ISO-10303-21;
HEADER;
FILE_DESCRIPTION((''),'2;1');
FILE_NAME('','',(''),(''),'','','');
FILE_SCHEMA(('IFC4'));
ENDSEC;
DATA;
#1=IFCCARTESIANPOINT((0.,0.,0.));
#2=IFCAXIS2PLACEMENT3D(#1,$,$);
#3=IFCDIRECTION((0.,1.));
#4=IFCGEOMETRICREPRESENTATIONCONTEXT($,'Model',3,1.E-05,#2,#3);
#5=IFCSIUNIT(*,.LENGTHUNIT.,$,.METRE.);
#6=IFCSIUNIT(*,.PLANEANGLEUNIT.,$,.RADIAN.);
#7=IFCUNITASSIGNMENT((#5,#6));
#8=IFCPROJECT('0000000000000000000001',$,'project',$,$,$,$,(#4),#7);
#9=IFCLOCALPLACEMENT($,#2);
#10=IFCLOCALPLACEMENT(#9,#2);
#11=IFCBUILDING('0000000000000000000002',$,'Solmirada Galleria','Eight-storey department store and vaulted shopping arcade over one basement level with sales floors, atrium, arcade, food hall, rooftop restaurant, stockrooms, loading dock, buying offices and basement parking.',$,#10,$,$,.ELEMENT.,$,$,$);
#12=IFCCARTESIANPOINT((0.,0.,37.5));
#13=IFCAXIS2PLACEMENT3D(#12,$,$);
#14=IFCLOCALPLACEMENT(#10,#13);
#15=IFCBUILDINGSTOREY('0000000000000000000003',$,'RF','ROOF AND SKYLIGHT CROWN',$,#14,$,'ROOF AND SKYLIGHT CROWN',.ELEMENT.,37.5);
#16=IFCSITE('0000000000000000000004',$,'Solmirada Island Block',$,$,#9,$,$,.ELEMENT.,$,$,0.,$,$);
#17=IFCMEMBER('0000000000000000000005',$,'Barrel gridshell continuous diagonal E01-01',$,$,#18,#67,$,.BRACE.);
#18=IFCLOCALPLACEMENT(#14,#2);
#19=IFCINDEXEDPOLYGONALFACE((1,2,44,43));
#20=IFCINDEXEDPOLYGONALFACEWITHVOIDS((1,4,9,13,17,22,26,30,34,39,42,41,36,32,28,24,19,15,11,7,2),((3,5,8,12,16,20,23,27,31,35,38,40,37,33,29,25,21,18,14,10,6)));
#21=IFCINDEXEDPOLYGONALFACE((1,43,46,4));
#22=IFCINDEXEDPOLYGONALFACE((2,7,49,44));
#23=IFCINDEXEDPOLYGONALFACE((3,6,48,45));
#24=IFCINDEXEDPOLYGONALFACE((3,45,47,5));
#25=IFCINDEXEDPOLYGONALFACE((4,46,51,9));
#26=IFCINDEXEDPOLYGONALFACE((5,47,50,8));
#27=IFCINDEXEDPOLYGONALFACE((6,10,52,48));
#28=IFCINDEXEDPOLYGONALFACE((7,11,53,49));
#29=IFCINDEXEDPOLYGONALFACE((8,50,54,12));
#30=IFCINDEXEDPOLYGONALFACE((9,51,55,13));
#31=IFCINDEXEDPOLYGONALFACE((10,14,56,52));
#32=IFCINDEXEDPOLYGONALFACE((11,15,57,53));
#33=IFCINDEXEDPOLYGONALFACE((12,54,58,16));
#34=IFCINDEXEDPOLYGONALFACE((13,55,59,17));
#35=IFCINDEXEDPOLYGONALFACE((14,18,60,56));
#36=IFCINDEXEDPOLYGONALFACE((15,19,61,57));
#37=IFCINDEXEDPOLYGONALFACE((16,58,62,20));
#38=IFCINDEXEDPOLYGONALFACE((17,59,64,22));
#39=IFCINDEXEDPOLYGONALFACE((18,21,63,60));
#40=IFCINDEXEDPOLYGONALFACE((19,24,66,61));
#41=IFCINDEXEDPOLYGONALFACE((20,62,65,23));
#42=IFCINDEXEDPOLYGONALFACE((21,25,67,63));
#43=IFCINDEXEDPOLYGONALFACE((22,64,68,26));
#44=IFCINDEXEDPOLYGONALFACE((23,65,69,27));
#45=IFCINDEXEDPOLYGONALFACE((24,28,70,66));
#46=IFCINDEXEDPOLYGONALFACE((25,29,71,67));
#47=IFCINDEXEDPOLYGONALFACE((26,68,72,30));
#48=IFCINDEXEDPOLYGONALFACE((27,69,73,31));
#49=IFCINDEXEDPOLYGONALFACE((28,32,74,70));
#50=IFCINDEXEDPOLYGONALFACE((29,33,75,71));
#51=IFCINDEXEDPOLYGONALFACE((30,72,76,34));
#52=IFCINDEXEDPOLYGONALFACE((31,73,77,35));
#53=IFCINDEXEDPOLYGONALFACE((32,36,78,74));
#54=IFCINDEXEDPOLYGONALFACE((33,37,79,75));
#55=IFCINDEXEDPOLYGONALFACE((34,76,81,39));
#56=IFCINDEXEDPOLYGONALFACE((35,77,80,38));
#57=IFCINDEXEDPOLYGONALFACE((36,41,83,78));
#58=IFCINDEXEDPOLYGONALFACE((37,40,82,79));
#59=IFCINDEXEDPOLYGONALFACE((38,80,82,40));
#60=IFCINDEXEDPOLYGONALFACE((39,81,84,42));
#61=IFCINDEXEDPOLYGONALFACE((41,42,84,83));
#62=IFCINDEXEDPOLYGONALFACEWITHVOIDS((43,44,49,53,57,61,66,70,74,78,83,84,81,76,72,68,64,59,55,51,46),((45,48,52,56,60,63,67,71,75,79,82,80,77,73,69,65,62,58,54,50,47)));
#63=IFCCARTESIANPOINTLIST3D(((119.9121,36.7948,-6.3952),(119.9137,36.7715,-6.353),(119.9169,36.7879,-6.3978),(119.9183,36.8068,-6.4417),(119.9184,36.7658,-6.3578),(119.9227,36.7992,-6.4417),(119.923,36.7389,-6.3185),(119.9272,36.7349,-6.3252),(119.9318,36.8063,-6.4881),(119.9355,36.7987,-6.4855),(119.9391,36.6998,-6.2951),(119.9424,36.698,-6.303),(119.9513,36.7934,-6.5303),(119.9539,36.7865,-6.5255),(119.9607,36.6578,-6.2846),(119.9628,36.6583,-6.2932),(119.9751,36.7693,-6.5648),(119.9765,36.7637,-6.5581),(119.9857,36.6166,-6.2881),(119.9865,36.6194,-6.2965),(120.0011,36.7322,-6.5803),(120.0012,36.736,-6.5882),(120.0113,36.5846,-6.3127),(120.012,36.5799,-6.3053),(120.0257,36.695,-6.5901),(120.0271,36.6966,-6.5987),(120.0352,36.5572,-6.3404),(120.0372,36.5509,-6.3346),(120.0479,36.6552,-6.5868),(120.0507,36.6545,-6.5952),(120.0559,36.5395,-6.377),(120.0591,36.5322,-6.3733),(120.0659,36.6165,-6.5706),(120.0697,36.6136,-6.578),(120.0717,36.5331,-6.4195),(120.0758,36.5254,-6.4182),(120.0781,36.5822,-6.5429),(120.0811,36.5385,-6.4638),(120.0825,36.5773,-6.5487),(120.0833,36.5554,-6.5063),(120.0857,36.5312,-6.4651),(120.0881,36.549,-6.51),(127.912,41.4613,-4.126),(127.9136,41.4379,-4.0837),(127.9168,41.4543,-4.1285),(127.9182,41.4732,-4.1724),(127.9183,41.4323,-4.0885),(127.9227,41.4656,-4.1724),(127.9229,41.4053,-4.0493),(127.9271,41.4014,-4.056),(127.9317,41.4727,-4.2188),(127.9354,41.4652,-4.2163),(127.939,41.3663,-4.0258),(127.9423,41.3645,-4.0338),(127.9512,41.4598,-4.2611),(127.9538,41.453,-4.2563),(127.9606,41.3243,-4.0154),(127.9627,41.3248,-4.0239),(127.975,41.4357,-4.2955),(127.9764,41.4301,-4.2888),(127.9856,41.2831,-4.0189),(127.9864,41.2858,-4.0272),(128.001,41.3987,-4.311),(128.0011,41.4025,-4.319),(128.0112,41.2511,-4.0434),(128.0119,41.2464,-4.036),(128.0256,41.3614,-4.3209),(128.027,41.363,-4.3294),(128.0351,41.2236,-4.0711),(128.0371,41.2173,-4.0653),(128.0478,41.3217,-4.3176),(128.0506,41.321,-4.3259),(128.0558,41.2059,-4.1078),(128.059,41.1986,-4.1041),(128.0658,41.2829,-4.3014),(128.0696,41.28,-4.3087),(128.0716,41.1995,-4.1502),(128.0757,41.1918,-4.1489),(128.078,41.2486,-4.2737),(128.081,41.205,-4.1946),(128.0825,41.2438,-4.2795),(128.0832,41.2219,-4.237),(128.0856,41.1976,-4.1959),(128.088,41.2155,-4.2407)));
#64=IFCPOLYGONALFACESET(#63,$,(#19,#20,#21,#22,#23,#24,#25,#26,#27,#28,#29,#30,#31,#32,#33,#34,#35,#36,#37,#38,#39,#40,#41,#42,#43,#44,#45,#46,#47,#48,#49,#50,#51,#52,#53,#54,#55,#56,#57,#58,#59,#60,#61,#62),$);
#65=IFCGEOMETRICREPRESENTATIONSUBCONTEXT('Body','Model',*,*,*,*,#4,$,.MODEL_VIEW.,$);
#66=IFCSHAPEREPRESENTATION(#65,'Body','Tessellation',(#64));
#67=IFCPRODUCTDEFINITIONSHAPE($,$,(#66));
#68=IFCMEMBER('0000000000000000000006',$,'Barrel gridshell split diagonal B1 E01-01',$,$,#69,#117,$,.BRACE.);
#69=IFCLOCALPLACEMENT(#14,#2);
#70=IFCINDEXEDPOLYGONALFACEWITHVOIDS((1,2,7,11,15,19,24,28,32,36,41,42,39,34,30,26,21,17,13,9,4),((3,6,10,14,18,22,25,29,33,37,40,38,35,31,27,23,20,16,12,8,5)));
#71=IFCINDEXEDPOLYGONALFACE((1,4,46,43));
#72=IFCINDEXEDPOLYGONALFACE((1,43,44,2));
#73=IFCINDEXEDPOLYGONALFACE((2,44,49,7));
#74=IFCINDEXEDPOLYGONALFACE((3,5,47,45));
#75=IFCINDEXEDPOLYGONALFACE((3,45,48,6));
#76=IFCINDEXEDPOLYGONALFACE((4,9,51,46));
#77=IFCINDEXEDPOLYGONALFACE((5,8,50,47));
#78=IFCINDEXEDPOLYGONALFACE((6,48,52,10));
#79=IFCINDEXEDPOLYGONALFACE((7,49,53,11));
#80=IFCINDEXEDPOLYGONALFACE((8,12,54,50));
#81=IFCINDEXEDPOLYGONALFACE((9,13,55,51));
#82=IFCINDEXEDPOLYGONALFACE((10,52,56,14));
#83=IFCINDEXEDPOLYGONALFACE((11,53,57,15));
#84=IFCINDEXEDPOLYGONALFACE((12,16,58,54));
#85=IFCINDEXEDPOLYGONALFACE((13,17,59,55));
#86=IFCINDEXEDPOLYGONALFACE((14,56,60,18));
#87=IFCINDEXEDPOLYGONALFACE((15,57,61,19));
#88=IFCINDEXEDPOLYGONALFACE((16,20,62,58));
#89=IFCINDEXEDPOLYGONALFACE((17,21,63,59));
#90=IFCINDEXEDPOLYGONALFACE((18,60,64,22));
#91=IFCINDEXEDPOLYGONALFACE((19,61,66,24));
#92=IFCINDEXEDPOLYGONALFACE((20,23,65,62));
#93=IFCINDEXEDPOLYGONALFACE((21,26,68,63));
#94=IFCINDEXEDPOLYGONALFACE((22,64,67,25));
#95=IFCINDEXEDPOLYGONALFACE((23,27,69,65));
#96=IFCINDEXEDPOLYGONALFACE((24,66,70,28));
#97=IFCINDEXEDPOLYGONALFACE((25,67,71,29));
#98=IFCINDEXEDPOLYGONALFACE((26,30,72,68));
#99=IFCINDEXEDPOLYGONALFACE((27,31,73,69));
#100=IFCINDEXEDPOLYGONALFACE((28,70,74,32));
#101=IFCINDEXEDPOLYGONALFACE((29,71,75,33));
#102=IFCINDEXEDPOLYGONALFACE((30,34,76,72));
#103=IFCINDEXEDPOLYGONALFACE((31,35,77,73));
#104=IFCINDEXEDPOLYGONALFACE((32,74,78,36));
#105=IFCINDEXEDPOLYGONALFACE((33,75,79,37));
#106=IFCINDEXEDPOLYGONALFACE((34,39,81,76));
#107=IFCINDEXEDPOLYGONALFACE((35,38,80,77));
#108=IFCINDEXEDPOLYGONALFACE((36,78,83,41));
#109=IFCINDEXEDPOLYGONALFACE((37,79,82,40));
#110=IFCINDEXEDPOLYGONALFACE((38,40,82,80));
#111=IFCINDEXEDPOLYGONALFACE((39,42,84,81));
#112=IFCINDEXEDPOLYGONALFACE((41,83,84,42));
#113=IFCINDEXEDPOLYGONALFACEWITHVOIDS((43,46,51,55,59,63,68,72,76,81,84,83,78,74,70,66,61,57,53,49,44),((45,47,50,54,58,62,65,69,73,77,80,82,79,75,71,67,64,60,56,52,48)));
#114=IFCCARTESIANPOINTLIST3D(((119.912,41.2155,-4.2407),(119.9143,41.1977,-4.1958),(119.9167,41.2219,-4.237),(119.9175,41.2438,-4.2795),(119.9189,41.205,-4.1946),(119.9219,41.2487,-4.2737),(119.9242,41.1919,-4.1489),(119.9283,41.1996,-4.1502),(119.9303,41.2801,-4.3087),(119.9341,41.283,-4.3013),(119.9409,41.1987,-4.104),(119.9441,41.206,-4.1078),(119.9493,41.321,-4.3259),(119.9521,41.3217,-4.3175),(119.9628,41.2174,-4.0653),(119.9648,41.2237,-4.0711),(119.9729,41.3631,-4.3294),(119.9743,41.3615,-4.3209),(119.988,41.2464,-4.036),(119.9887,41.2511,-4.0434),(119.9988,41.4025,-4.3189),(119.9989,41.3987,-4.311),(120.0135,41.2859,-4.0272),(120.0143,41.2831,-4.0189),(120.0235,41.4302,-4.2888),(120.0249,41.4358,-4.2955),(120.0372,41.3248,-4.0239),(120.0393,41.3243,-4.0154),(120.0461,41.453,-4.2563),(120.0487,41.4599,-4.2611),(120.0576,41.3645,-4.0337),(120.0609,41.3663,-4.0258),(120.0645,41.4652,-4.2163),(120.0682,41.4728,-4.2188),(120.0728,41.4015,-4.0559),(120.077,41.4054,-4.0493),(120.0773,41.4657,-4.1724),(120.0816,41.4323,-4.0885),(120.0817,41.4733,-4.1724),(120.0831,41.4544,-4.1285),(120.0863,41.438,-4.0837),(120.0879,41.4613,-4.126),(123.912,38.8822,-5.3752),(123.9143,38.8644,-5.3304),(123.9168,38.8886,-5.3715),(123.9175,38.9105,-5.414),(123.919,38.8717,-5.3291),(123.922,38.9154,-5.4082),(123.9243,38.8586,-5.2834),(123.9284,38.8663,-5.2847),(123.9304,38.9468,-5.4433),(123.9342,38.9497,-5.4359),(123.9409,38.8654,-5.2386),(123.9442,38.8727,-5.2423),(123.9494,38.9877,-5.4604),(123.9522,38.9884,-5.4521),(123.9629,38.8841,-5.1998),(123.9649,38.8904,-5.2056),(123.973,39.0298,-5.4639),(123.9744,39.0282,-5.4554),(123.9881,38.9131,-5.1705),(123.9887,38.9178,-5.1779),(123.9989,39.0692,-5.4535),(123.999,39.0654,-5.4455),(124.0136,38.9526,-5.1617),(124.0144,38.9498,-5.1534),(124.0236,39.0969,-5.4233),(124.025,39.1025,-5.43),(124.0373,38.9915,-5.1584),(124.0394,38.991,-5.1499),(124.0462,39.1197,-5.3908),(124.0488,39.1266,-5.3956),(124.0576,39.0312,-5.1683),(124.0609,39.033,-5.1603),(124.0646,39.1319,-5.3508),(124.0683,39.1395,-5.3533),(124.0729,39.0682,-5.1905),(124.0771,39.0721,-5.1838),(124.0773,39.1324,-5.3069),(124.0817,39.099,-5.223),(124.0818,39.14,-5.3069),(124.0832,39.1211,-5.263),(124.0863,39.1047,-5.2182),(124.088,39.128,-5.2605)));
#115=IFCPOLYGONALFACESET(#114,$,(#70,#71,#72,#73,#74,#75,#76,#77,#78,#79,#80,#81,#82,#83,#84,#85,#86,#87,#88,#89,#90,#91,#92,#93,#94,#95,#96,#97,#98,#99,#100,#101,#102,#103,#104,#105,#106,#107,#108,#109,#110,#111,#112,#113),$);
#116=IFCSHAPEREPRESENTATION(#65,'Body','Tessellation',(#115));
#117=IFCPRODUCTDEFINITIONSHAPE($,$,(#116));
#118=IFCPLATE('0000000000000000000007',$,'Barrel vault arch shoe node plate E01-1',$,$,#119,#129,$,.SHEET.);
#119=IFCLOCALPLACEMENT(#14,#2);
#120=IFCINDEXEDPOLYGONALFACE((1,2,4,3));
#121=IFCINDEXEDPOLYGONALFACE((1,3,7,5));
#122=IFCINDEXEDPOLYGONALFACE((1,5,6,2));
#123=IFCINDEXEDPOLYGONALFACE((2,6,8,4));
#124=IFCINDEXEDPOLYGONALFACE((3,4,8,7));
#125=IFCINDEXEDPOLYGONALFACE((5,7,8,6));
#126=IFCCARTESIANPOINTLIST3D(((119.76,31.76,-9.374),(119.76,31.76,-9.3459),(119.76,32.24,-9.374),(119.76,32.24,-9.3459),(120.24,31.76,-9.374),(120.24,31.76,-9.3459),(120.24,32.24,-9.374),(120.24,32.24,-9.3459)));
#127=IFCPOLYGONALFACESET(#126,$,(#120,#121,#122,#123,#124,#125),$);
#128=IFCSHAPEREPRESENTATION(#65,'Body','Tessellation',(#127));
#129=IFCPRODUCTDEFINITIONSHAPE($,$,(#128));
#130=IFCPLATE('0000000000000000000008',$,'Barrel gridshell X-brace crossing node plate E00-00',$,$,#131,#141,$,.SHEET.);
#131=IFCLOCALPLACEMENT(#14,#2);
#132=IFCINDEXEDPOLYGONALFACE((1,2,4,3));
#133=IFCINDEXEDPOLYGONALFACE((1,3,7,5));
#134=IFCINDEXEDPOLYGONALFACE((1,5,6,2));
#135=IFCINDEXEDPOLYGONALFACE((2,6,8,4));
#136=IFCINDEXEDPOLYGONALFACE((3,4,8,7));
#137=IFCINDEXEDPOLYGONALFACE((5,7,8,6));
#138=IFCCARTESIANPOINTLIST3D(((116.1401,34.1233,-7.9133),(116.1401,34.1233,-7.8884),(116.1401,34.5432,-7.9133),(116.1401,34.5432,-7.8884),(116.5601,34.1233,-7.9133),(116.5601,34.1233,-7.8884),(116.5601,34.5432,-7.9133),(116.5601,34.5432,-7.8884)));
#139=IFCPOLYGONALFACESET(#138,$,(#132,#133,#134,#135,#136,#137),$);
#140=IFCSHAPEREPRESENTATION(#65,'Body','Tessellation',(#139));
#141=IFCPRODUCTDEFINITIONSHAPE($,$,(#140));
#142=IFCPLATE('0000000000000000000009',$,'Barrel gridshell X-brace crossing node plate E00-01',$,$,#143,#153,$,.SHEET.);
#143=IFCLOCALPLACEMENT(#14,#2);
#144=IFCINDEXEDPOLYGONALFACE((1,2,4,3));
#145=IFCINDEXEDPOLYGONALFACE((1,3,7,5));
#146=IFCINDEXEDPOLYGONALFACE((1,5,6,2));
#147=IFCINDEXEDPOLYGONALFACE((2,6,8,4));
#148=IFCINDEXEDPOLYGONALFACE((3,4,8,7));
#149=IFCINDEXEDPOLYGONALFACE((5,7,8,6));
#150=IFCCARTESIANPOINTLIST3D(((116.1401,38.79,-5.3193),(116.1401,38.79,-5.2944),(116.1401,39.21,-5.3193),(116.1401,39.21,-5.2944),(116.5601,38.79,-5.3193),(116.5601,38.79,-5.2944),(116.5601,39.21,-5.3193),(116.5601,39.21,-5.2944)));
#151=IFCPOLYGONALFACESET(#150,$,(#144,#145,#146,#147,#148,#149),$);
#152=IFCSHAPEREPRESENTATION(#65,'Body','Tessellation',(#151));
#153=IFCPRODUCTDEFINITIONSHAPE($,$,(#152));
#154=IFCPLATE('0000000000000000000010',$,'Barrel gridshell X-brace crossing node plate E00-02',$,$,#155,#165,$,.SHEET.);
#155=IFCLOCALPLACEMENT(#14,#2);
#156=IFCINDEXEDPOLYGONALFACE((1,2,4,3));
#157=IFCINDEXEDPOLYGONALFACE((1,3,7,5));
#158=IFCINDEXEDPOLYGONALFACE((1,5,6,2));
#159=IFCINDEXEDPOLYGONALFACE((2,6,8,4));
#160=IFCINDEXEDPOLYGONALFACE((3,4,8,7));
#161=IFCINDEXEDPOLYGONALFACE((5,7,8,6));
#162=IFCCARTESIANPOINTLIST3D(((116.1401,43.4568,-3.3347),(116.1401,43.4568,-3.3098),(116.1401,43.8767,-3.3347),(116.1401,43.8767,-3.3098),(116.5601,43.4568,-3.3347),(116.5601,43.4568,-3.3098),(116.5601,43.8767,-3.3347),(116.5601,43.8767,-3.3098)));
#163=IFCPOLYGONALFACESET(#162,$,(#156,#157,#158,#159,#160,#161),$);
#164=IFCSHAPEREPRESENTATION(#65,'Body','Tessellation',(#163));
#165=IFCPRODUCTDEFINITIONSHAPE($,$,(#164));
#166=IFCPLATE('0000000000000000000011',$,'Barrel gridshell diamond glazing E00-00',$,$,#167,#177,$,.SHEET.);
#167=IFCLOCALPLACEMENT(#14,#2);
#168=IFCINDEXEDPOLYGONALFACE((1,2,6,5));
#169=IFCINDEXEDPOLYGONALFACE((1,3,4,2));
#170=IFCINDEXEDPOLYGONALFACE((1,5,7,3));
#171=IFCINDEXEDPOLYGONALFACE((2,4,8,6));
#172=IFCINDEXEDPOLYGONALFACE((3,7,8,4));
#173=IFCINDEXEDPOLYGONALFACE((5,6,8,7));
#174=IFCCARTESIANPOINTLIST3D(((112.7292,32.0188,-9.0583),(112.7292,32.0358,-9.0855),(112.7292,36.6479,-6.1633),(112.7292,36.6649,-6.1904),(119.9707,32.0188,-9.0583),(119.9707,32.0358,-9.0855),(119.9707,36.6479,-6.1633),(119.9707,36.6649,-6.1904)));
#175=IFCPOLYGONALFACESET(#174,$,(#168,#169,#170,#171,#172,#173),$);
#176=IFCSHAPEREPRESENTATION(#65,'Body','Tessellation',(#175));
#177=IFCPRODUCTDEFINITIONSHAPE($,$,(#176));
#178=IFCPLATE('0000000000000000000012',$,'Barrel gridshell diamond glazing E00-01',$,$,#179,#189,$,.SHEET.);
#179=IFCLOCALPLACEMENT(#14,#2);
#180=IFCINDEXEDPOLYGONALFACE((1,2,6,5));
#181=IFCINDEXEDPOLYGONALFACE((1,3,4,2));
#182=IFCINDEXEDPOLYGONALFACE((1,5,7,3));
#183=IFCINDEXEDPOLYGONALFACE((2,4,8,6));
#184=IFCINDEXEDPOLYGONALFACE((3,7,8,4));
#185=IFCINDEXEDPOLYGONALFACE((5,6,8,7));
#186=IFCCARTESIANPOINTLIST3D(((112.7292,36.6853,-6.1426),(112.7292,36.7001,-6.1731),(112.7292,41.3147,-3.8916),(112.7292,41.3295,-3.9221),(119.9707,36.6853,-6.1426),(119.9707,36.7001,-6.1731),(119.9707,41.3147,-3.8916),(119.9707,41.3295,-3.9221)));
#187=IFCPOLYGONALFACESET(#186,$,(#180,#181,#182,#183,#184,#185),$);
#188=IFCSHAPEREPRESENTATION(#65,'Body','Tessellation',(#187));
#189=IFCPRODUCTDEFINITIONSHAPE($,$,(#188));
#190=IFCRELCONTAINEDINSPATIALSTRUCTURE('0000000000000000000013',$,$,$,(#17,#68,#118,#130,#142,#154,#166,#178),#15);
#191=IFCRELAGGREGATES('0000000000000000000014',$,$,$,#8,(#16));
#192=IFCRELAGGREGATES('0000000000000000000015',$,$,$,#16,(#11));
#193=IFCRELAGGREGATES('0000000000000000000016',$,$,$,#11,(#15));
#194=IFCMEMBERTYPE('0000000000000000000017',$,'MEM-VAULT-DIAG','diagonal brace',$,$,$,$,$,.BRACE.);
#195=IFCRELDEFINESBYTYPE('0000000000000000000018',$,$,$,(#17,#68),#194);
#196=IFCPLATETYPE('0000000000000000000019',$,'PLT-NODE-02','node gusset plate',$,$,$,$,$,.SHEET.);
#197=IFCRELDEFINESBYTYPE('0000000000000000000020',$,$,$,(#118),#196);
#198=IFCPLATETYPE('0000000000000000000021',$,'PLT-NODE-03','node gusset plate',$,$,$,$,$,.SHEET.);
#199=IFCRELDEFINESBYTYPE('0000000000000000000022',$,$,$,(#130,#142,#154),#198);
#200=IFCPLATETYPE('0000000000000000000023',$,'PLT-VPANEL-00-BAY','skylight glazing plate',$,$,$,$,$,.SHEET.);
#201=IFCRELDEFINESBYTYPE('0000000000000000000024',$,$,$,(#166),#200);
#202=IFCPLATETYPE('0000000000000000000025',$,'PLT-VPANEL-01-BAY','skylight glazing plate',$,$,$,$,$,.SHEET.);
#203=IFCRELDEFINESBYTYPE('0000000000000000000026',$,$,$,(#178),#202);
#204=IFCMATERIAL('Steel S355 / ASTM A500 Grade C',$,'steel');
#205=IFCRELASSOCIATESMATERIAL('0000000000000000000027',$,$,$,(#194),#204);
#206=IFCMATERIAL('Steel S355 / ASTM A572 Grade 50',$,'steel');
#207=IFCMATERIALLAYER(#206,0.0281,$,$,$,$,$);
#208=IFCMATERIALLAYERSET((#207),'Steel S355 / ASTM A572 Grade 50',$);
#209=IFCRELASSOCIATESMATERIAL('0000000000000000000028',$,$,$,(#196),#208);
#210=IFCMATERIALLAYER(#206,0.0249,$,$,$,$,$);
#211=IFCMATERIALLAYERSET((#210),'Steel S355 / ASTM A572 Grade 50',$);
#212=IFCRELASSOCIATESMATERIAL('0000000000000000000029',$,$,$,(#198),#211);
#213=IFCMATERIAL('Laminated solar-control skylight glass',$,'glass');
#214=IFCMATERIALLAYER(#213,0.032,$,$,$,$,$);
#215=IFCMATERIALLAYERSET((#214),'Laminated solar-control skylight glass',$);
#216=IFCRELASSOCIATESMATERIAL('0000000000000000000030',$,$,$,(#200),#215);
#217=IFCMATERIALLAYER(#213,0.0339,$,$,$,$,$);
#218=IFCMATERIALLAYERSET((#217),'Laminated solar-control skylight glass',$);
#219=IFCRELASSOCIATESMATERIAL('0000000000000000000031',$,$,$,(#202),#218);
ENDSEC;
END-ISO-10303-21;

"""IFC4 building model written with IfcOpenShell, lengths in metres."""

from ifc_helpers import new_model, si_unit, direction, frame, origin, origin_2d, place, context, subcontext, project, spatial, polyline, rectangle, hollow_circle, outline, extrude, material, layer, layer_set, material_profile, profile_set, type_object, element, save


model = new_model("IFC4")

# Units and contexts
model_context = context("Model", 3, precision=1e-05, world=origin(), true_north=direction((0.0, 1.0)))
body_context = subcontext(model_context, "Body", "Model", "MODEL_VIEW")
ifc_project = project(units=[si_unit("LENGTHUNIT", "METRE"), si_unit("PLANEANGLEUNIT", "RADIAN")], contexts=[model_context])

# Site, building, storey
site_placement = place(None, origin())
site = spatial("IfcSite", under=ifc_project, at=site_placement, Name="Solmirada Island Block", CompositionType="ELEMENT", RefElevation=0.0)
building_placement = place(site_placement, origin())
building = spatial("IfcBuilding", under=site, at=building_placement, Name="Solmirada Galleria", Description="Eight-storey department store and vaulted shopping arcade over one basement level with sales floors, atrium, arcade, food hall, rooftop restaurant, stockrooms, loading dock, buying offices and basement parking.", CompositionType="ELEMENT")
storey_placement = place(building_placement, frame((0.0, 0.0, 37.5)))
storey = spatial("IfcBuildingStorey", under=building, at=storey_placement, Name="RF", Description="ROOF AND SKYLIGHT CROWN", LongName="ROOF AND SKYLIGHT CROWN", CompositionType="ELEMENT", Elevation=37.5)

# Members
ifc_material_1 = material(Name="Steel S355 / ASTM A500 Grade C", Category="steel")
ifc_material_profile_1 = material_profile(ifc_material_1, hollow_circle(Radius=0.1621, WallThickness=0.0088, at=origin_2d()), Name="HSS12.750X0.375")
ifc_profile_set_1 = profile_set([ifc_material_profile_1], Name="Steel S355 / ASTM A500 Grade C")
member_type_1 = type_object("IfcMemberType", Name="MEM-VAULT-DIAG", Description="diagonal brace", PredefinedType="BRACE", material=ifc_profile_set_1)
member_1_placement = place(storey_placement, frame((120.0, 36.6667, -6.4417), z_axis=(0.838969, 0.489382, 0.237983), x_axis=(-0.503858, 0.863787, 0.0)))
element("IfcMember", 1, at=member_1_placement, inside=storey, type_object=member_type_1, Name="Barrel gridshell continuous diagonal E01-01", PredefinedType="BRACE", context=body_context, shape_type="SweptSolid", body=[
    extrude(hollow_circle(Radius=0.1621, WallThickness=0.0088, at=origin_2d()), origin(), (0.0, 0.0, 1.0), 9.5354),
])
member_2_placement = place(storey_placement, frame((120.0, 41.3333, -4.1724), z_axis=(0.838975, -0.489385, -0.237959), x_axis=(0.503858, 0.863787, 0.0)))
element("IfcMember", 2, at=member_2_placement, inside=storey, type_object=member_type_1, Name="Barrel gridshell split diagonal B1 E01-01", PredefinedType="BRACE", context=body_context, shape_type="SweptSolid", body=[
    extrude(hollow_circle(Radius=0.1621, WallThickness=0.0088, at=origin_2d()), origin(), (0.0, 0.0, 1.0), 4.7678),
])

# Plates
ifc_material_2 = material(Name="Steel S355 / ASTM A572 Grade 50", Category="steel")
ifc_layer_1 = layer(ifc_material_2, 0.0281)
ifc_layer_set_1 = layer_set([ifc_layer_1], Name="Steel S355 / ASTM A572 Grade 50")
plate_type_1 = type_object("IfcPlateType", Name="PLT-NODE-02", Description="node gusset plate", PredefinedType="SHEET", material=ifc_layer_set_1)
plate_1_placement = place(storey_placement, frame((120.0, 32.0, -9.374), z_axis=(0.0, 0.0, 1.0), x_axis=(1.0, 0.0, 0.0)))
element("IfcPlate", 3, at=plate_1_placement, inside=storey, type_object=plate_type_1, Name="Barrel vault arch shoe node plate E01-1", PredefinedType="SHEET", context=body_context, shape_type="SweptSolid", body=[
    extrude(rectangle(XDim=0.48, YDim=0.48, at=origin_2d()), origin(), (0.0, 0.0, 1.0), 0.0281),
])
ifc_layer_2 = layer(ifc_material_2, 0.0249)
ifc_layer_set_2 = layer_set([ifc_layer_2], Name="Steel S355 / ASTM A572 Grade 50")
plate_type_2 = type_object("IfcPlateType", Name="PLT-NODE-03", Description="node gusset plate", PredefinedType="SHEET", material=ifc_layer_set_2)
for number, where, z_axis, x_axis, name in (
    (4, (116.3501, 34.3333, -7.9133), (0.0, 0.0, 1.0), (1.0, 0.0, 0.0), "Barrel gridshell X-brace crossing node plate E00-00"),
    (5, (116.3501, 39.0, -5.3193), (0.0, 0.0, 1.0), (1.0, 0.0, 0.0), "Barrel gridshell X-brace crossing node plate E00-01"),
    (6, (116.3501, 43.6667, -3.3347), (0.0, 0.0, 1.0), (1.0, 0.0, 0.0), "Barrel gridshell X-brace crossing node plate E00-02"),
):
    element("IfcPlate", number, at=place(storey_placement, frame(where, z_axis=z_axis, x_axis=x_axis)), inside=storey, type_object=plate_type_2, Name=name, PredefinedType="SHEET", context=body_context, shape_type="SweptSolid", body=[
        extrude(rectangle(XDim=0.4199, YDim=0.4199, at=origin_2d()), origin(), (0.0, 0.0, 1.0), 0.0249),
    ])
ifc_material_3 = material(Name="Laminated solar-control skylight glass", Category="glass")
ifc_layer_3 = layer(ifc_material_3, 0.032)
ifc_layer_set_3 = layer_set([ifc_layer_3], Name="Laminated solar-control skylight glass")
plate_type_3 = type_object("IfcPlateType", Name="PLT-VPANEL-00-BAY", Description="skylight glazing plate", PredefinedType="SHEET", material=ifc_layer_set_3)
plate_2_placement = place(storey_placement, frame((112.7292, 32.0188, -9.0583), z_axis=(0.0, -0.530236, 0.84785), x_axis=(1.0, 0.0, 0.0)))
element("IfcPlate", 7, at=plate_2_placement, inside=storey, type_object=plate_type_3, Name="Barrel gridshell diamond glazing E00-00", PredefinedType="SHEET", context=body_context, shape_type="SweptSolid", body=[
    extrude(outline(polyline([(0.0, 0.0), (7.2415, 0.0), (7.2415, 5.4599), (0.0, 5.4599), (0.0, 0.0)])), origin(), (0.0, 0.0, -1.0), 0.032),
])
ifc_layer_4 = layer(ifc_material_3, 0.0339)
ifc_layer_set_4 = layer_set([ifc_layer_4], Name="Laminated solar-control skylight glass")
plate_type_4 = type_object("IfcPlateType", Name="PLT-VPANEL-01-BAY", Description="skylight glazing plate", PredefinedType="SHEET", material=ifc_layer_set_4)
plate_3_placement = place(storey_placement, frame((112.7292, 36.6853, -6.1426), z_axis=(0.0, -0.437283, 0.899324), x_axis=(1.0, 0.0, 0.0)))
element("IfcPlate", 8, at=plate_3_placement, inside=storey, type_object=plate_type_4, Name="Barrel gridshell diamond glazing E00-01", PredefinedType="SHEET", context=body_context, shape_type="SweptSolid", body=[
    extrude(outline(polyline([(0.0, 0.0), (7.2415, 0.0), (7.2415, 5.1476), (0.0, 5.1476), (0.0, 0.0)])), origin(), (0.0, 0.0, -1.0), 0.0339),
])

save(model, "model.ifc")
